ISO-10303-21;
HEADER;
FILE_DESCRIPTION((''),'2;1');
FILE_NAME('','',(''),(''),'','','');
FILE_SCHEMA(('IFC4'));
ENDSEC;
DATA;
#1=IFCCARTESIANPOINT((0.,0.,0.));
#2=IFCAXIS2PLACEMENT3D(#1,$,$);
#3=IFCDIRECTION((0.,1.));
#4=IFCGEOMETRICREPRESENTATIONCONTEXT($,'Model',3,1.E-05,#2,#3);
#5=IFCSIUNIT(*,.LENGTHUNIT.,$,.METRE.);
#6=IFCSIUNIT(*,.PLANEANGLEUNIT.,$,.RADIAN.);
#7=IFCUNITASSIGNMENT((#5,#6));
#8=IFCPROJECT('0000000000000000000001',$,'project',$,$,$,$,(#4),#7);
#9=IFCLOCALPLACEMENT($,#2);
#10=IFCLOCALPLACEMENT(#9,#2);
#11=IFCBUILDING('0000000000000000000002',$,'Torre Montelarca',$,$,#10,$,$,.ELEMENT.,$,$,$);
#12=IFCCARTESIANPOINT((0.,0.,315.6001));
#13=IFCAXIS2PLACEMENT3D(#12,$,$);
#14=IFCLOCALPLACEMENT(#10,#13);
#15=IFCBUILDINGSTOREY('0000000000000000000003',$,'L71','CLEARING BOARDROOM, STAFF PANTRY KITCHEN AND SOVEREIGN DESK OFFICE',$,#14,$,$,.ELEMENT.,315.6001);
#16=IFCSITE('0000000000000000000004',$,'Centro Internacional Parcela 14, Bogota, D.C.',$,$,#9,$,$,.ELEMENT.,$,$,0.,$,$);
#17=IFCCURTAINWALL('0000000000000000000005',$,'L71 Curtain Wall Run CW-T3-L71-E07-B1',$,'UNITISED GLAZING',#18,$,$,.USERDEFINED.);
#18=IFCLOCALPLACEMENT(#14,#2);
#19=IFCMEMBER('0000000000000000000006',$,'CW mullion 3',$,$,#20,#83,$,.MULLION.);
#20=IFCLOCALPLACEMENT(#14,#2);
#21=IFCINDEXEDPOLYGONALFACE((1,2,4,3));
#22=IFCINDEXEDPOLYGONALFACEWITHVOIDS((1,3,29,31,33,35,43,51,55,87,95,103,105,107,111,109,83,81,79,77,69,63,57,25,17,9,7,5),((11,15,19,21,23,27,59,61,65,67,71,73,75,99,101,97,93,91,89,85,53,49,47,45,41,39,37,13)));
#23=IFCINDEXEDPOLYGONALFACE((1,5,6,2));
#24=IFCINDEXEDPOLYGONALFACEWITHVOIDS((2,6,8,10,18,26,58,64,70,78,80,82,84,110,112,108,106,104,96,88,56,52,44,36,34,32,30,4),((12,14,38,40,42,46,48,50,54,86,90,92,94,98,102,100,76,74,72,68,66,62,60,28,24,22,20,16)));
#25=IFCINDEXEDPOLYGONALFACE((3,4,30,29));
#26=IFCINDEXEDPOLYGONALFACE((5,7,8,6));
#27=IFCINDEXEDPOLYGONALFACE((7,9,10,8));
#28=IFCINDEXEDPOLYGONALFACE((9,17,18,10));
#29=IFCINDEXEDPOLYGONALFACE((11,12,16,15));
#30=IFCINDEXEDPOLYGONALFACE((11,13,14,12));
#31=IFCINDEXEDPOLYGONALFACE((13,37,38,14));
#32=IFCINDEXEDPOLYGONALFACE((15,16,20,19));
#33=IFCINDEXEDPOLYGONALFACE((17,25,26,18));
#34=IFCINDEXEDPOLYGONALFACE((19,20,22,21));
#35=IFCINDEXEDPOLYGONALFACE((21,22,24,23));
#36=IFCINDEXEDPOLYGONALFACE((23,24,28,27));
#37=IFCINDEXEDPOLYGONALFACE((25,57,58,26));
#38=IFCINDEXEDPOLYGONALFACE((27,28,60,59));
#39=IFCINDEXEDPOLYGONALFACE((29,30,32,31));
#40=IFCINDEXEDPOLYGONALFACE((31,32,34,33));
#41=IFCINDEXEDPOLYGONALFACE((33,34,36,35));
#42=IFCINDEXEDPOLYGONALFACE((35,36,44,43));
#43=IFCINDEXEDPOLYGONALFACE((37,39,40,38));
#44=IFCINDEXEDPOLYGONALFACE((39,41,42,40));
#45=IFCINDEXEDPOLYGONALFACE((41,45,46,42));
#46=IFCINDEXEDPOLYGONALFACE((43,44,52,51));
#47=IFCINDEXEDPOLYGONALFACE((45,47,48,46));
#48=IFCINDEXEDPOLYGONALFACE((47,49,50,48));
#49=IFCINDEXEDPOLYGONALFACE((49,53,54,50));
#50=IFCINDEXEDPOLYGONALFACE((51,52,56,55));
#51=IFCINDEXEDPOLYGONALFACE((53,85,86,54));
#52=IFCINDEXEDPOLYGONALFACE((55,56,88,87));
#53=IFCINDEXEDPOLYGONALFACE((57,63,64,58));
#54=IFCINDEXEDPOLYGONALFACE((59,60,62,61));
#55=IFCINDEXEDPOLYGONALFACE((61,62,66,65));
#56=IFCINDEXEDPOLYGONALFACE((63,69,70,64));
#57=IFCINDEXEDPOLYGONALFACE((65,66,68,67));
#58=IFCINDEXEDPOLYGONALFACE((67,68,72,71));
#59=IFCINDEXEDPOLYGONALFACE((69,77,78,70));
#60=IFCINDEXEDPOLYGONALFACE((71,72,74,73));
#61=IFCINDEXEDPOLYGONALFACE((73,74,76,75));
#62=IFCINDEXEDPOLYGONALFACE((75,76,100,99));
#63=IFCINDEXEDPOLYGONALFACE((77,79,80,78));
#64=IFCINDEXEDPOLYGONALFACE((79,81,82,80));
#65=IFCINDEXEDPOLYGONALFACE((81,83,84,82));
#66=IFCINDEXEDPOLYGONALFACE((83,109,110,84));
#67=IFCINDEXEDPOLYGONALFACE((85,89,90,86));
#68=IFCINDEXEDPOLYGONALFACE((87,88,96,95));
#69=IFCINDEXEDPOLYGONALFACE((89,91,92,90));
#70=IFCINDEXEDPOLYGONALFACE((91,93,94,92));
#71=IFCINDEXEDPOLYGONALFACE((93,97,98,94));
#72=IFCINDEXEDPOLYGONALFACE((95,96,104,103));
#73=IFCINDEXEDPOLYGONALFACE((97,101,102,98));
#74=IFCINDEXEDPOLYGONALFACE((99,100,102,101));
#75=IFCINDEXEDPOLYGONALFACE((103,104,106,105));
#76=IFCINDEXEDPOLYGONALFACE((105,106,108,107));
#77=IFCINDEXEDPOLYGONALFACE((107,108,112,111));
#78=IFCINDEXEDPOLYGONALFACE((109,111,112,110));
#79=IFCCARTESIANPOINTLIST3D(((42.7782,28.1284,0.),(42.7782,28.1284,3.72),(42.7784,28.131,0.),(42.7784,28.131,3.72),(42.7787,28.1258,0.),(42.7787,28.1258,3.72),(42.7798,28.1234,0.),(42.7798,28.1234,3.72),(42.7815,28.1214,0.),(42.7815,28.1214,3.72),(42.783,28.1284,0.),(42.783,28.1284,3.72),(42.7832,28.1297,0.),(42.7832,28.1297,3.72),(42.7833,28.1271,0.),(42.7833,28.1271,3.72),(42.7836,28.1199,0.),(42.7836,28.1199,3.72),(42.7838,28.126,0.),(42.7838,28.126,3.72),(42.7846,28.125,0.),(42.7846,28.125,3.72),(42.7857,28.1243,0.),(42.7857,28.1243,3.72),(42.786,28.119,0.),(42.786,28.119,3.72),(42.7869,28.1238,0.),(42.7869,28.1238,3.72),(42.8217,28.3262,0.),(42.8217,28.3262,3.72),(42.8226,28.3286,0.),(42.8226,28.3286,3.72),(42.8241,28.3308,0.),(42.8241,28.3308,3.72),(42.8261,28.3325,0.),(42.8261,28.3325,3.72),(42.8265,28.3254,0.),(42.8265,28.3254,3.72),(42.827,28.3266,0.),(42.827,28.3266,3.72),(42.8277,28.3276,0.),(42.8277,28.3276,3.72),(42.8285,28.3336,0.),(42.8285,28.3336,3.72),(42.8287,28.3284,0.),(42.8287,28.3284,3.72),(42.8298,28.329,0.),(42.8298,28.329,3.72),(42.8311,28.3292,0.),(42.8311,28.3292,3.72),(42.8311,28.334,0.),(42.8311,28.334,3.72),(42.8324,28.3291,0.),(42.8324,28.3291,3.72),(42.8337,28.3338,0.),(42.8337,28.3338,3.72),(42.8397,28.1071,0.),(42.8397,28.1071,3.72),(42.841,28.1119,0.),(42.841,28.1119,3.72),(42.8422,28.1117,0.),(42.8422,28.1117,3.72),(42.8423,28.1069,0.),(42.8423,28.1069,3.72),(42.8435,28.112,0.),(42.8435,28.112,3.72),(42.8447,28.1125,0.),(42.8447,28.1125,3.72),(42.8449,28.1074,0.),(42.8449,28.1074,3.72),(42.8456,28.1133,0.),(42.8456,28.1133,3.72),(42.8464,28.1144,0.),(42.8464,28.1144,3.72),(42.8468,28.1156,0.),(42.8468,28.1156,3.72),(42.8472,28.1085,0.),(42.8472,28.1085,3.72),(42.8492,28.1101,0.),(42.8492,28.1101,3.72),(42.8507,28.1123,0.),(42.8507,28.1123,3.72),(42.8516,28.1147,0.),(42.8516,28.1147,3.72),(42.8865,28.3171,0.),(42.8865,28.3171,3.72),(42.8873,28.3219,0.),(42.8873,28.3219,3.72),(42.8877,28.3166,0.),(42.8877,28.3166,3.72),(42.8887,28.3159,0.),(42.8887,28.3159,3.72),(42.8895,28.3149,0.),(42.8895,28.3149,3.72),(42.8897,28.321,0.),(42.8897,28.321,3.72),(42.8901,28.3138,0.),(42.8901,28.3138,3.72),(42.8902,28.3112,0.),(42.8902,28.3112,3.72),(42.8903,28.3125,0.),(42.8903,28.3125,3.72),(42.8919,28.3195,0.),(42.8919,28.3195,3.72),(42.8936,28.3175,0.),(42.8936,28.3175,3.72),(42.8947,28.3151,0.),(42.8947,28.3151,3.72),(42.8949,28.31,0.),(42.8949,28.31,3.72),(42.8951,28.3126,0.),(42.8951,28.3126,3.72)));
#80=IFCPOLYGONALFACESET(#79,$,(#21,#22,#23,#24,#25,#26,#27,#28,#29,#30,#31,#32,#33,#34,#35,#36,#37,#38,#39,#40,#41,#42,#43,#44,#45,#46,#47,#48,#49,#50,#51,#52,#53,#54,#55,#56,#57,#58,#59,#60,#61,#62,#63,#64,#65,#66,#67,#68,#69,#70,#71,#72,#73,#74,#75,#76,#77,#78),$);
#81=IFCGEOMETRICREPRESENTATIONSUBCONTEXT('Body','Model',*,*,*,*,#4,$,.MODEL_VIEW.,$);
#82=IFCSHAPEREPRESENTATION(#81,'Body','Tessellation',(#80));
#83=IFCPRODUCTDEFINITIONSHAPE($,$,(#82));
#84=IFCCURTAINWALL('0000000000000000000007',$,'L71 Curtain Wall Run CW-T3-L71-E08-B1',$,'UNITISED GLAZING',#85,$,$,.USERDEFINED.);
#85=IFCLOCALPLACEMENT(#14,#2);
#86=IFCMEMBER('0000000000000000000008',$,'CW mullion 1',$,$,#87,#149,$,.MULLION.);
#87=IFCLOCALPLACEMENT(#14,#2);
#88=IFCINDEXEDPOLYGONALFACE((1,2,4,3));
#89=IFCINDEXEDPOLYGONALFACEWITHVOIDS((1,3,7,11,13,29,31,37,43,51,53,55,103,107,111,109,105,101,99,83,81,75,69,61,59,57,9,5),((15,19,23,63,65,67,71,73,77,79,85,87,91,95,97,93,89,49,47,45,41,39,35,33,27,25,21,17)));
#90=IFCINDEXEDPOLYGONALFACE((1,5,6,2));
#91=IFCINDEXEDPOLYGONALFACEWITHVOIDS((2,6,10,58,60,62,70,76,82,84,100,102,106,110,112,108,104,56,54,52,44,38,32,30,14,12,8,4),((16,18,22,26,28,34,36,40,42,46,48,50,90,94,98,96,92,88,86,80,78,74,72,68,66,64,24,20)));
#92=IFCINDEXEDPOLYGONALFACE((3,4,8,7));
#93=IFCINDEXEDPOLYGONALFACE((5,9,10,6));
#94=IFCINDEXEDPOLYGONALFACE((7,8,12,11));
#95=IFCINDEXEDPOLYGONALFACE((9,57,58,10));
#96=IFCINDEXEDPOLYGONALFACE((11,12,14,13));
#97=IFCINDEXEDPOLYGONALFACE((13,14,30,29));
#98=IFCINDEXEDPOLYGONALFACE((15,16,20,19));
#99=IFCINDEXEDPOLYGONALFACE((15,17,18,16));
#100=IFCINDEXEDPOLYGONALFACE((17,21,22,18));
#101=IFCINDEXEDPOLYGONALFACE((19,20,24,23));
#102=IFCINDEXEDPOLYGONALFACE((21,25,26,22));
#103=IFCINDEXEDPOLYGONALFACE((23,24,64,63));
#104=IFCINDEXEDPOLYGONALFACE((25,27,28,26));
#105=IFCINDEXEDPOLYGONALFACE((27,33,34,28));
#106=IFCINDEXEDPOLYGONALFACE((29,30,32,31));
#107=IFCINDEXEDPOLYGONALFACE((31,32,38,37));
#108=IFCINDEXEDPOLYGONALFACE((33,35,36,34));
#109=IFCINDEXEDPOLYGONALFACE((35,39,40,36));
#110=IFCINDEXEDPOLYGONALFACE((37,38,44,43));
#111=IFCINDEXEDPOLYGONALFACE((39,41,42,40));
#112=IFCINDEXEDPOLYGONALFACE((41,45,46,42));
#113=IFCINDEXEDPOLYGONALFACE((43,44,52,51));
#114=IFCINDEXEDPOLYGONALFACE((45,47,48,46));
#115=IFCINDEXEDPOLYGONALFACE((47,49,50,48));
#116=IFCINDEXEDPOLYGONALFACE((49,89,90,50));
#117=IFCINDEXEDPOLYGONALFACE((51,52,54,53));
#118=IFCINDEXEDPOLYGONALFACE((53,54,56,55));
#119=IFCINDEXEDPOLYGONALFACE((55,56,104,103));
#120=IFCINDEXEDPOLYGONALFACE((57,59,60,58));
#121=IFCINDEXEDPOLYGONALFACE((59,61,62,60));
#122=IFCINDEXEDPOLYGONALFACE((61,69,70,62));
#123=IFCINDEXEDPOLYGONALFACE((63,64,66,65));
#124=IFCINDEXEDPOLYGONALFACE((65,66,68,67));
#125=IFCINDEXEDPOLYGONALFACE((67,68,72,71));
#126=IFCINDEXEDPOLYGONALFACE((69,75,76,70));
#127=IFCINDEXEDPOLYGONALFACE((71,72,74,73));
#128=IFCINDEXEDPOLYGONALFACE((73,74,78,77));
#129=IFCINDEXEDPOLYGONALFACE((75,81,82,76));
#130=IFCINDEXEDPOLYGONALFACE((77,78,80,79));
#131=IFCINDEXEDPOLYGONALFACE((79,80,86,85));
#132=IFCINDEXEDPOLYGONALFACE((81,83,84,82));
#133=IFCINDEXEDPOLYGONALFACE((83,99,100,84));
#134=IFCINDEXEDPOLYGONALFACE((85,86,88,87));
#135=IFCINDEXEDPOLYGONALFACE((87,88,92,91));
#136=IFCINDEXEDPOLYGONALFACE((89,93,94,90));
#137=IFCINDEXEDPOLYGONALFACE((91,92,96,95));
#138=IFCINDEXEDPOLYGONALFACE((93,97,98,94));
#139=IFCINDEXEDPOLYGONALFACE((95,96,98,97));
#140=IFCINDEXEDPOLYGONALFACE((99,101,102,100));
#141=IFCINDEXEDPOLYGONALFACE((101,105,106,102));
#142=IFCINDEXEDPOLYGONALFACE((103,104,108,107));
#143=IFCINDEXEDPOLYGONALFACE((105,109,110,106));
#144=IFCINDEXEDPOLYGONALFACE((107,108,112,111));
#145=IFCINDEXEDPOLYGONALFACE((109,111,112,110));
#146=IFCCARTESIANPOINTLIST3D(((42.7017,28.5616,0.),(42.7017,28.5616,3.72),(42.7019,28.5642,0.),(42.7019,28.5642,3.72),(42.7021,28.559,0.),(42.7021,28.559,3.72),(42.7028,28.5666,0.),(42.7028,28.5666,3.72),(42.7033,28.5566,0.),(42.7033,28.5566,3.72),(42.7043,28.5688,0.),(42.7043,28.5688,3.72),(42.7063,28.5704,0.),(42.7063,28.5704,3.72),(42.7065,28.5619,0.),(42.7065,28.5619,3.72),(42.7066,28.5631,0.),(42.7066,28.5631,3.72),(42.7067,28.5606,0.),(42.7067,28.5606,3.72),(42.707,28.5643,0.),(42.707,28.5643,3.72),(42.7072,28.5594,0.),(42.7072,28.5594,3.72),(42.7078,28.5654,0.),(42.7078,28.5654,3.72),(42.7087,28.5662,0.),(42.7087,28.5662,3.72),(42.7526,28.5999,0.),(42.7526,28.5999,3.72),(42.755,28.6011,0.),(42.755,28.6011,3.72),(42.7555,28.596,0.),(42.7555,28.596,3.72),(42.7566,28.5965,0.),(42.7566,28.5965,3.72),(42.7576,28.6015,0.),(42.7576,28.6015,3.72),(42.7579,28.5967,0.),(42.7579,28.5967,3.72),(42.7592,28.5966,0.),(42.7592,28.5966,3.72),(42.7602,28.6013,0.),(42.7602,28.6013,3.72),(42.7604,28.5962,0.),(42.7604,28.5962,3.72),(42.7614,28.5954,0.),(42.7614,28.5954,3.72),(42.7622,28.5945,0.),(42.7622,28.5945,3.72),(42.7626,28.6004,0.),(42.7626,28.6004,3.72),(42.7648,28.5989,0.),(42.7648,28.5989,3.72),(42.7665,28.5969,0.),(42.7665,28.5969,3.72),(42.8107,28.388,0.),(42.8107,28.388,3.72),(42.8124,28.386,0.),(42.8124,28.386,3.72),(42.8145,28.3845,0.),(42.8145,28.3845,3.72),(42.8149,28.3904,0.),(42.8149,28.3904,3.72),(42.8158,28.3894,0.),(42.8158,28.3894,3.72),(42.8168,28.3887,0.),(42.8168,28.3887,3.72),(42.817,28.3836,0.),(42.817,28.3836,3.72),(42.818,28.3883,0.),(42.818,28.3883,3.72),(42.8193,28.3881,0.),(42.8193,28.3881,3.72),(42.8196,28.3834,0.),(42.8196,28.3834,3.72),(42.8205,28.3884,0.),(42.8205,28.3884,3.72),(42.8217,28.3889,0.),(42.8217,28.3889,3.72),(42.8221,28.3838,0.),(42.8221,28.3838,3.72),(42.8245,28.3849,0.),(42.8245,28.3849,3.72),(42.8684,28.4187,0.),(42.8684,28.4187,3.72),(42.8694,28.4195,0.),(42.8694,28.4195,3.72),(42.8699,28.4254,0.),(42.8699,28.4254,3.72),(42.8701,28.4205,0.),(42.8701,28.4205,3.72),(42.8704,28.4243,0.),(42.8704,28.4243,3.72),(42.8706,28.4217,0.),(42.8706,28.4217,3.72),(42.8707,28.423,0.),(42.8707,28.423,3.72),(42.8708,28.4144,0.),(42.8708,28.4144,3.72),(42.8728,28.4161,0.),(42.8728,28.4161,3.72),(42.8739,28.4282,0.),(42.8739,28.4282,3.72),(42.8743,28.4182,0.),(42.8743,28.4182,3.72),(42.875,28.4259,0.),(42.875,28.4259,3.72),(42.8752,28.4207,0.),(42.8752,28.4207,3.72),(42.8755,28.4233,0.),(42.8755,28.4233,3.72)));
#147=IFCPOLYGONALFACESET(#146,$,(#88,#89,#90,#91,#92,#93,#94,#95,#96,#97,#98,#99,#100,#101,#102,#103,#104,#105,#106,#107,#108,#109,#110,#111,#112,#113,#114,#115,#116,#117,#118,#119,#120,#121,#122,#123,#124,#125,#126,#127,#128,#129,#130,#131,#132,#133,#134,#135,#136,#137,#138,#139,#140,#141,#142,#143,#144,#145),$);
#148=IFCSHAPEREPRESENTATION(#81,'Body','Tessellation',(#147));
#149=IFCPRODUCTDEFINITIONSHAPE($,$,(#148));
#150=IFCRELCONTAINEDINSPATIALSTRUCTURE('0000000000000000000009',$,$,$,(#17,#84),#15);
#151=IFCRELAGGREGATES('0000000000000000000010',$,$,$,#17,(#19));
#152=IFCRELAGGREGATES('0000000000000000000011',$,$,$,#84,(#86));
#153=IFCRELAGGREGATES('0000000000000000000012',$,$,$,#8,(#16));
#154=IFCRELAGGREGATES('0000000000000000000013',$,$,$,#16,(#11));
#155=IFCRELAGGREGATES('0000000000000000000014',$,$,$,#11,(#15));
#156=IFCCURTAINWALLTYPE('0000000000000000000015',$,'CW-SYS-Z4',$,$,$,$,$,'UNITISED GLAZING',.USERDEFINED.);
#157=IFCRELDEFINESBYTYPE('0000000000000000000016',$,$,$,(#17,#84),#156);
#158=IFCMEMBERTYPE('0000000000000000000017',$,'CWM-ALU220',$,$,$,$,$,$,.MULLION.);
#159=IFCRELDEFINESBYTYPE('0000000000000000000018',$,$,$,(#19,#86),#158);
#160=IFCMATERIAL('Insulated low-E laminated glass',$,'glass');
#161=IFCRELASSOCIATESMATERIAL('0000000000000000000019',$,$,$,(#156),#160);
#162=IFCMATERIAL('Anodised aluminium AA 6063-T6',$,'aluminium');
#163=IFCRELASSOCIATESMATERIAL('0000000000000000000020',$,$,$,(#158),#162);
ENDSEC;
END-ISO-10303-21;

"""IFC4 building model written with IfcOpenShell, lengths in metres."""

from ifc_helpers import new_model, si_unit, direction, frame, origin, origin_2d, place, context, subcontext, project, spatial, hollow_rectangle, extrude, source, transform, mapped, material, material_profile, profile_set, type_object, element, aggregate, save


model = new_model("IFC4")

# Units and contexts
model_context = context("Model", 3, precision=1e-05, world=origin(), true_north=direction((0.0, 1.0)))
body_context = subcontext(model_context, "Body", "Model", "MODEL_VIEW")
ifc_project = project(units=[si_unit("LENGTHUNIT", "METRE"), si_unit("PLANEANGLEUNIT", "RADIAN")], contexts=[model_context])

# Site, building, storey
site_placement = place(None, origin())
site = spatial("IfcSite", under=ifc_project, at=site_placement, Name="Centro Internacional Parcela 14, Bogota, D.C.", CompositionType="ELEMENT", RefElevation=0.0)
building_placement = place(site_placement, origin())
building = spatial("IfcBuilding", under=site, at=building_placement, Name="Torre Montelarca", CompositionType="ELEMENT")
storey_placement = place(building_placement, frame((0.0, 0.0, 315.6001)))
storey = spatial("IfcBuildingStorey", under=building, at=storey_placement, Name="L71", Description="CLEARING BOARDROOM, STAFF PANTRY KITCHEN AND SOVEREIGN DESK OFFICE", CompositionType="ELEMENT", Elevation=315.6001)

# Curtain walls, members
ifc_material_1 = material(Name="Insulated low-E laminated glass", Category="glass")
curtain_wall_type = type_object("IfcCurtainWallType", Name="CW-SYS-Z4", ElementType="UNITISED GLAZING", PredefinedType="USERDEFINED", material=ifc_material_1)
ifc_material_2 = material(Name="Anodised aluminium AA 6063-T6", Category="aluminium")
ifc_material_profile_1 = material_profile(ifc_material_2, hollow_rectangle(XDim=0.075, YDim=0.22, WallThickness=0.0049, InnerFilletRadius=0.0049, OuterFilletRadius=0.01, at=origin_2d()), Name="ALU75X220X5", Category="aluminium")
ifc_profile_set_1 = profile_set([ifc_material_profile_1], Name="Anodised aluminium AA 6063-T6")
member_type_1 = type_object("IfcMemberType", Name="CWM-ALU220", PredefinedType="MULLION", material=ifc_profile_set_1)
shared_shape_1 = source(origin(), body_context, "Body", "SweptSolid", [
    extrude(hollow_rectangle(XDim=0.075, YDim=0.22, WallThickness=0.0049, InnerFilletRadius=0.0049, OuterFilletRadius=0.01, at=origin_2d()), origin(), (0.0, 0.0, 1.0), 3.72),
])
curtain_wall_1_placement = place(storey_placement, origin())
curtain_wall_1 = element("IfcCurtainWall", 1, at=curtain_wall_1_placement, inside=storey, type_object=curtain_wall_type, Name="L71 Curtain Wall Run CW-T3-L71-E07-B1", ObjectType="UNITISED GLAZING", PredefinedType="USERDEFINED")
member_1_placement = place(storey_placement, frame((42.8367, 28.2205, 0.0), z_axis=(0.0, 0.0, 1.0), x_axis=(-0.976295, 0.216443, 0.0)))
member_1 = element("IfcMember", 2, at=member_1_placement, type_object=member_type_1, Name="CW mullion 3", PredefinedType="MULLION", context=body_context, shape_type="MappedRepresentation", body=[
    mapped(shared_shape_1, transform((0.0, 0.0, 0.0), scale=1.0)),
])
curtain_wall_2_placement = place(storey_placement, origin())
curtain_wall_2 = element("IfcCurtainWall", 3, at=curtain_wall_2_placement, inside=storey, type_object=curtain_wall_type, Name="L71 Curtain Wall Run CW-T3-L71-E08-B1", ObjectType="UNITISED GLAZING", PredefinedType="USERDEFINED")
member_2_placement = place(storey_placement, frame((42.7886, 28.4924, 0.0), z_axis=(0.0, 0.0, 1.0), x_axis=(-0.843392, -0.537299, 0.0)))
member_2 = element("IfcMember", 4, at=member_2_placement, type_object=member_type_1, Name="CW mullion 1", PredefinedType="MULLION", context=body_context, shape_type="MappedRepresentation", body=[
    mapped(shared_shape_1, transform((0.0, 0.0, 0.0), scale=1.0)),
])

aggregate(curtain_wall_1, [member_1])
aggregate(curtain_wall_2, [member_2])

save(model, "model.ifc")
